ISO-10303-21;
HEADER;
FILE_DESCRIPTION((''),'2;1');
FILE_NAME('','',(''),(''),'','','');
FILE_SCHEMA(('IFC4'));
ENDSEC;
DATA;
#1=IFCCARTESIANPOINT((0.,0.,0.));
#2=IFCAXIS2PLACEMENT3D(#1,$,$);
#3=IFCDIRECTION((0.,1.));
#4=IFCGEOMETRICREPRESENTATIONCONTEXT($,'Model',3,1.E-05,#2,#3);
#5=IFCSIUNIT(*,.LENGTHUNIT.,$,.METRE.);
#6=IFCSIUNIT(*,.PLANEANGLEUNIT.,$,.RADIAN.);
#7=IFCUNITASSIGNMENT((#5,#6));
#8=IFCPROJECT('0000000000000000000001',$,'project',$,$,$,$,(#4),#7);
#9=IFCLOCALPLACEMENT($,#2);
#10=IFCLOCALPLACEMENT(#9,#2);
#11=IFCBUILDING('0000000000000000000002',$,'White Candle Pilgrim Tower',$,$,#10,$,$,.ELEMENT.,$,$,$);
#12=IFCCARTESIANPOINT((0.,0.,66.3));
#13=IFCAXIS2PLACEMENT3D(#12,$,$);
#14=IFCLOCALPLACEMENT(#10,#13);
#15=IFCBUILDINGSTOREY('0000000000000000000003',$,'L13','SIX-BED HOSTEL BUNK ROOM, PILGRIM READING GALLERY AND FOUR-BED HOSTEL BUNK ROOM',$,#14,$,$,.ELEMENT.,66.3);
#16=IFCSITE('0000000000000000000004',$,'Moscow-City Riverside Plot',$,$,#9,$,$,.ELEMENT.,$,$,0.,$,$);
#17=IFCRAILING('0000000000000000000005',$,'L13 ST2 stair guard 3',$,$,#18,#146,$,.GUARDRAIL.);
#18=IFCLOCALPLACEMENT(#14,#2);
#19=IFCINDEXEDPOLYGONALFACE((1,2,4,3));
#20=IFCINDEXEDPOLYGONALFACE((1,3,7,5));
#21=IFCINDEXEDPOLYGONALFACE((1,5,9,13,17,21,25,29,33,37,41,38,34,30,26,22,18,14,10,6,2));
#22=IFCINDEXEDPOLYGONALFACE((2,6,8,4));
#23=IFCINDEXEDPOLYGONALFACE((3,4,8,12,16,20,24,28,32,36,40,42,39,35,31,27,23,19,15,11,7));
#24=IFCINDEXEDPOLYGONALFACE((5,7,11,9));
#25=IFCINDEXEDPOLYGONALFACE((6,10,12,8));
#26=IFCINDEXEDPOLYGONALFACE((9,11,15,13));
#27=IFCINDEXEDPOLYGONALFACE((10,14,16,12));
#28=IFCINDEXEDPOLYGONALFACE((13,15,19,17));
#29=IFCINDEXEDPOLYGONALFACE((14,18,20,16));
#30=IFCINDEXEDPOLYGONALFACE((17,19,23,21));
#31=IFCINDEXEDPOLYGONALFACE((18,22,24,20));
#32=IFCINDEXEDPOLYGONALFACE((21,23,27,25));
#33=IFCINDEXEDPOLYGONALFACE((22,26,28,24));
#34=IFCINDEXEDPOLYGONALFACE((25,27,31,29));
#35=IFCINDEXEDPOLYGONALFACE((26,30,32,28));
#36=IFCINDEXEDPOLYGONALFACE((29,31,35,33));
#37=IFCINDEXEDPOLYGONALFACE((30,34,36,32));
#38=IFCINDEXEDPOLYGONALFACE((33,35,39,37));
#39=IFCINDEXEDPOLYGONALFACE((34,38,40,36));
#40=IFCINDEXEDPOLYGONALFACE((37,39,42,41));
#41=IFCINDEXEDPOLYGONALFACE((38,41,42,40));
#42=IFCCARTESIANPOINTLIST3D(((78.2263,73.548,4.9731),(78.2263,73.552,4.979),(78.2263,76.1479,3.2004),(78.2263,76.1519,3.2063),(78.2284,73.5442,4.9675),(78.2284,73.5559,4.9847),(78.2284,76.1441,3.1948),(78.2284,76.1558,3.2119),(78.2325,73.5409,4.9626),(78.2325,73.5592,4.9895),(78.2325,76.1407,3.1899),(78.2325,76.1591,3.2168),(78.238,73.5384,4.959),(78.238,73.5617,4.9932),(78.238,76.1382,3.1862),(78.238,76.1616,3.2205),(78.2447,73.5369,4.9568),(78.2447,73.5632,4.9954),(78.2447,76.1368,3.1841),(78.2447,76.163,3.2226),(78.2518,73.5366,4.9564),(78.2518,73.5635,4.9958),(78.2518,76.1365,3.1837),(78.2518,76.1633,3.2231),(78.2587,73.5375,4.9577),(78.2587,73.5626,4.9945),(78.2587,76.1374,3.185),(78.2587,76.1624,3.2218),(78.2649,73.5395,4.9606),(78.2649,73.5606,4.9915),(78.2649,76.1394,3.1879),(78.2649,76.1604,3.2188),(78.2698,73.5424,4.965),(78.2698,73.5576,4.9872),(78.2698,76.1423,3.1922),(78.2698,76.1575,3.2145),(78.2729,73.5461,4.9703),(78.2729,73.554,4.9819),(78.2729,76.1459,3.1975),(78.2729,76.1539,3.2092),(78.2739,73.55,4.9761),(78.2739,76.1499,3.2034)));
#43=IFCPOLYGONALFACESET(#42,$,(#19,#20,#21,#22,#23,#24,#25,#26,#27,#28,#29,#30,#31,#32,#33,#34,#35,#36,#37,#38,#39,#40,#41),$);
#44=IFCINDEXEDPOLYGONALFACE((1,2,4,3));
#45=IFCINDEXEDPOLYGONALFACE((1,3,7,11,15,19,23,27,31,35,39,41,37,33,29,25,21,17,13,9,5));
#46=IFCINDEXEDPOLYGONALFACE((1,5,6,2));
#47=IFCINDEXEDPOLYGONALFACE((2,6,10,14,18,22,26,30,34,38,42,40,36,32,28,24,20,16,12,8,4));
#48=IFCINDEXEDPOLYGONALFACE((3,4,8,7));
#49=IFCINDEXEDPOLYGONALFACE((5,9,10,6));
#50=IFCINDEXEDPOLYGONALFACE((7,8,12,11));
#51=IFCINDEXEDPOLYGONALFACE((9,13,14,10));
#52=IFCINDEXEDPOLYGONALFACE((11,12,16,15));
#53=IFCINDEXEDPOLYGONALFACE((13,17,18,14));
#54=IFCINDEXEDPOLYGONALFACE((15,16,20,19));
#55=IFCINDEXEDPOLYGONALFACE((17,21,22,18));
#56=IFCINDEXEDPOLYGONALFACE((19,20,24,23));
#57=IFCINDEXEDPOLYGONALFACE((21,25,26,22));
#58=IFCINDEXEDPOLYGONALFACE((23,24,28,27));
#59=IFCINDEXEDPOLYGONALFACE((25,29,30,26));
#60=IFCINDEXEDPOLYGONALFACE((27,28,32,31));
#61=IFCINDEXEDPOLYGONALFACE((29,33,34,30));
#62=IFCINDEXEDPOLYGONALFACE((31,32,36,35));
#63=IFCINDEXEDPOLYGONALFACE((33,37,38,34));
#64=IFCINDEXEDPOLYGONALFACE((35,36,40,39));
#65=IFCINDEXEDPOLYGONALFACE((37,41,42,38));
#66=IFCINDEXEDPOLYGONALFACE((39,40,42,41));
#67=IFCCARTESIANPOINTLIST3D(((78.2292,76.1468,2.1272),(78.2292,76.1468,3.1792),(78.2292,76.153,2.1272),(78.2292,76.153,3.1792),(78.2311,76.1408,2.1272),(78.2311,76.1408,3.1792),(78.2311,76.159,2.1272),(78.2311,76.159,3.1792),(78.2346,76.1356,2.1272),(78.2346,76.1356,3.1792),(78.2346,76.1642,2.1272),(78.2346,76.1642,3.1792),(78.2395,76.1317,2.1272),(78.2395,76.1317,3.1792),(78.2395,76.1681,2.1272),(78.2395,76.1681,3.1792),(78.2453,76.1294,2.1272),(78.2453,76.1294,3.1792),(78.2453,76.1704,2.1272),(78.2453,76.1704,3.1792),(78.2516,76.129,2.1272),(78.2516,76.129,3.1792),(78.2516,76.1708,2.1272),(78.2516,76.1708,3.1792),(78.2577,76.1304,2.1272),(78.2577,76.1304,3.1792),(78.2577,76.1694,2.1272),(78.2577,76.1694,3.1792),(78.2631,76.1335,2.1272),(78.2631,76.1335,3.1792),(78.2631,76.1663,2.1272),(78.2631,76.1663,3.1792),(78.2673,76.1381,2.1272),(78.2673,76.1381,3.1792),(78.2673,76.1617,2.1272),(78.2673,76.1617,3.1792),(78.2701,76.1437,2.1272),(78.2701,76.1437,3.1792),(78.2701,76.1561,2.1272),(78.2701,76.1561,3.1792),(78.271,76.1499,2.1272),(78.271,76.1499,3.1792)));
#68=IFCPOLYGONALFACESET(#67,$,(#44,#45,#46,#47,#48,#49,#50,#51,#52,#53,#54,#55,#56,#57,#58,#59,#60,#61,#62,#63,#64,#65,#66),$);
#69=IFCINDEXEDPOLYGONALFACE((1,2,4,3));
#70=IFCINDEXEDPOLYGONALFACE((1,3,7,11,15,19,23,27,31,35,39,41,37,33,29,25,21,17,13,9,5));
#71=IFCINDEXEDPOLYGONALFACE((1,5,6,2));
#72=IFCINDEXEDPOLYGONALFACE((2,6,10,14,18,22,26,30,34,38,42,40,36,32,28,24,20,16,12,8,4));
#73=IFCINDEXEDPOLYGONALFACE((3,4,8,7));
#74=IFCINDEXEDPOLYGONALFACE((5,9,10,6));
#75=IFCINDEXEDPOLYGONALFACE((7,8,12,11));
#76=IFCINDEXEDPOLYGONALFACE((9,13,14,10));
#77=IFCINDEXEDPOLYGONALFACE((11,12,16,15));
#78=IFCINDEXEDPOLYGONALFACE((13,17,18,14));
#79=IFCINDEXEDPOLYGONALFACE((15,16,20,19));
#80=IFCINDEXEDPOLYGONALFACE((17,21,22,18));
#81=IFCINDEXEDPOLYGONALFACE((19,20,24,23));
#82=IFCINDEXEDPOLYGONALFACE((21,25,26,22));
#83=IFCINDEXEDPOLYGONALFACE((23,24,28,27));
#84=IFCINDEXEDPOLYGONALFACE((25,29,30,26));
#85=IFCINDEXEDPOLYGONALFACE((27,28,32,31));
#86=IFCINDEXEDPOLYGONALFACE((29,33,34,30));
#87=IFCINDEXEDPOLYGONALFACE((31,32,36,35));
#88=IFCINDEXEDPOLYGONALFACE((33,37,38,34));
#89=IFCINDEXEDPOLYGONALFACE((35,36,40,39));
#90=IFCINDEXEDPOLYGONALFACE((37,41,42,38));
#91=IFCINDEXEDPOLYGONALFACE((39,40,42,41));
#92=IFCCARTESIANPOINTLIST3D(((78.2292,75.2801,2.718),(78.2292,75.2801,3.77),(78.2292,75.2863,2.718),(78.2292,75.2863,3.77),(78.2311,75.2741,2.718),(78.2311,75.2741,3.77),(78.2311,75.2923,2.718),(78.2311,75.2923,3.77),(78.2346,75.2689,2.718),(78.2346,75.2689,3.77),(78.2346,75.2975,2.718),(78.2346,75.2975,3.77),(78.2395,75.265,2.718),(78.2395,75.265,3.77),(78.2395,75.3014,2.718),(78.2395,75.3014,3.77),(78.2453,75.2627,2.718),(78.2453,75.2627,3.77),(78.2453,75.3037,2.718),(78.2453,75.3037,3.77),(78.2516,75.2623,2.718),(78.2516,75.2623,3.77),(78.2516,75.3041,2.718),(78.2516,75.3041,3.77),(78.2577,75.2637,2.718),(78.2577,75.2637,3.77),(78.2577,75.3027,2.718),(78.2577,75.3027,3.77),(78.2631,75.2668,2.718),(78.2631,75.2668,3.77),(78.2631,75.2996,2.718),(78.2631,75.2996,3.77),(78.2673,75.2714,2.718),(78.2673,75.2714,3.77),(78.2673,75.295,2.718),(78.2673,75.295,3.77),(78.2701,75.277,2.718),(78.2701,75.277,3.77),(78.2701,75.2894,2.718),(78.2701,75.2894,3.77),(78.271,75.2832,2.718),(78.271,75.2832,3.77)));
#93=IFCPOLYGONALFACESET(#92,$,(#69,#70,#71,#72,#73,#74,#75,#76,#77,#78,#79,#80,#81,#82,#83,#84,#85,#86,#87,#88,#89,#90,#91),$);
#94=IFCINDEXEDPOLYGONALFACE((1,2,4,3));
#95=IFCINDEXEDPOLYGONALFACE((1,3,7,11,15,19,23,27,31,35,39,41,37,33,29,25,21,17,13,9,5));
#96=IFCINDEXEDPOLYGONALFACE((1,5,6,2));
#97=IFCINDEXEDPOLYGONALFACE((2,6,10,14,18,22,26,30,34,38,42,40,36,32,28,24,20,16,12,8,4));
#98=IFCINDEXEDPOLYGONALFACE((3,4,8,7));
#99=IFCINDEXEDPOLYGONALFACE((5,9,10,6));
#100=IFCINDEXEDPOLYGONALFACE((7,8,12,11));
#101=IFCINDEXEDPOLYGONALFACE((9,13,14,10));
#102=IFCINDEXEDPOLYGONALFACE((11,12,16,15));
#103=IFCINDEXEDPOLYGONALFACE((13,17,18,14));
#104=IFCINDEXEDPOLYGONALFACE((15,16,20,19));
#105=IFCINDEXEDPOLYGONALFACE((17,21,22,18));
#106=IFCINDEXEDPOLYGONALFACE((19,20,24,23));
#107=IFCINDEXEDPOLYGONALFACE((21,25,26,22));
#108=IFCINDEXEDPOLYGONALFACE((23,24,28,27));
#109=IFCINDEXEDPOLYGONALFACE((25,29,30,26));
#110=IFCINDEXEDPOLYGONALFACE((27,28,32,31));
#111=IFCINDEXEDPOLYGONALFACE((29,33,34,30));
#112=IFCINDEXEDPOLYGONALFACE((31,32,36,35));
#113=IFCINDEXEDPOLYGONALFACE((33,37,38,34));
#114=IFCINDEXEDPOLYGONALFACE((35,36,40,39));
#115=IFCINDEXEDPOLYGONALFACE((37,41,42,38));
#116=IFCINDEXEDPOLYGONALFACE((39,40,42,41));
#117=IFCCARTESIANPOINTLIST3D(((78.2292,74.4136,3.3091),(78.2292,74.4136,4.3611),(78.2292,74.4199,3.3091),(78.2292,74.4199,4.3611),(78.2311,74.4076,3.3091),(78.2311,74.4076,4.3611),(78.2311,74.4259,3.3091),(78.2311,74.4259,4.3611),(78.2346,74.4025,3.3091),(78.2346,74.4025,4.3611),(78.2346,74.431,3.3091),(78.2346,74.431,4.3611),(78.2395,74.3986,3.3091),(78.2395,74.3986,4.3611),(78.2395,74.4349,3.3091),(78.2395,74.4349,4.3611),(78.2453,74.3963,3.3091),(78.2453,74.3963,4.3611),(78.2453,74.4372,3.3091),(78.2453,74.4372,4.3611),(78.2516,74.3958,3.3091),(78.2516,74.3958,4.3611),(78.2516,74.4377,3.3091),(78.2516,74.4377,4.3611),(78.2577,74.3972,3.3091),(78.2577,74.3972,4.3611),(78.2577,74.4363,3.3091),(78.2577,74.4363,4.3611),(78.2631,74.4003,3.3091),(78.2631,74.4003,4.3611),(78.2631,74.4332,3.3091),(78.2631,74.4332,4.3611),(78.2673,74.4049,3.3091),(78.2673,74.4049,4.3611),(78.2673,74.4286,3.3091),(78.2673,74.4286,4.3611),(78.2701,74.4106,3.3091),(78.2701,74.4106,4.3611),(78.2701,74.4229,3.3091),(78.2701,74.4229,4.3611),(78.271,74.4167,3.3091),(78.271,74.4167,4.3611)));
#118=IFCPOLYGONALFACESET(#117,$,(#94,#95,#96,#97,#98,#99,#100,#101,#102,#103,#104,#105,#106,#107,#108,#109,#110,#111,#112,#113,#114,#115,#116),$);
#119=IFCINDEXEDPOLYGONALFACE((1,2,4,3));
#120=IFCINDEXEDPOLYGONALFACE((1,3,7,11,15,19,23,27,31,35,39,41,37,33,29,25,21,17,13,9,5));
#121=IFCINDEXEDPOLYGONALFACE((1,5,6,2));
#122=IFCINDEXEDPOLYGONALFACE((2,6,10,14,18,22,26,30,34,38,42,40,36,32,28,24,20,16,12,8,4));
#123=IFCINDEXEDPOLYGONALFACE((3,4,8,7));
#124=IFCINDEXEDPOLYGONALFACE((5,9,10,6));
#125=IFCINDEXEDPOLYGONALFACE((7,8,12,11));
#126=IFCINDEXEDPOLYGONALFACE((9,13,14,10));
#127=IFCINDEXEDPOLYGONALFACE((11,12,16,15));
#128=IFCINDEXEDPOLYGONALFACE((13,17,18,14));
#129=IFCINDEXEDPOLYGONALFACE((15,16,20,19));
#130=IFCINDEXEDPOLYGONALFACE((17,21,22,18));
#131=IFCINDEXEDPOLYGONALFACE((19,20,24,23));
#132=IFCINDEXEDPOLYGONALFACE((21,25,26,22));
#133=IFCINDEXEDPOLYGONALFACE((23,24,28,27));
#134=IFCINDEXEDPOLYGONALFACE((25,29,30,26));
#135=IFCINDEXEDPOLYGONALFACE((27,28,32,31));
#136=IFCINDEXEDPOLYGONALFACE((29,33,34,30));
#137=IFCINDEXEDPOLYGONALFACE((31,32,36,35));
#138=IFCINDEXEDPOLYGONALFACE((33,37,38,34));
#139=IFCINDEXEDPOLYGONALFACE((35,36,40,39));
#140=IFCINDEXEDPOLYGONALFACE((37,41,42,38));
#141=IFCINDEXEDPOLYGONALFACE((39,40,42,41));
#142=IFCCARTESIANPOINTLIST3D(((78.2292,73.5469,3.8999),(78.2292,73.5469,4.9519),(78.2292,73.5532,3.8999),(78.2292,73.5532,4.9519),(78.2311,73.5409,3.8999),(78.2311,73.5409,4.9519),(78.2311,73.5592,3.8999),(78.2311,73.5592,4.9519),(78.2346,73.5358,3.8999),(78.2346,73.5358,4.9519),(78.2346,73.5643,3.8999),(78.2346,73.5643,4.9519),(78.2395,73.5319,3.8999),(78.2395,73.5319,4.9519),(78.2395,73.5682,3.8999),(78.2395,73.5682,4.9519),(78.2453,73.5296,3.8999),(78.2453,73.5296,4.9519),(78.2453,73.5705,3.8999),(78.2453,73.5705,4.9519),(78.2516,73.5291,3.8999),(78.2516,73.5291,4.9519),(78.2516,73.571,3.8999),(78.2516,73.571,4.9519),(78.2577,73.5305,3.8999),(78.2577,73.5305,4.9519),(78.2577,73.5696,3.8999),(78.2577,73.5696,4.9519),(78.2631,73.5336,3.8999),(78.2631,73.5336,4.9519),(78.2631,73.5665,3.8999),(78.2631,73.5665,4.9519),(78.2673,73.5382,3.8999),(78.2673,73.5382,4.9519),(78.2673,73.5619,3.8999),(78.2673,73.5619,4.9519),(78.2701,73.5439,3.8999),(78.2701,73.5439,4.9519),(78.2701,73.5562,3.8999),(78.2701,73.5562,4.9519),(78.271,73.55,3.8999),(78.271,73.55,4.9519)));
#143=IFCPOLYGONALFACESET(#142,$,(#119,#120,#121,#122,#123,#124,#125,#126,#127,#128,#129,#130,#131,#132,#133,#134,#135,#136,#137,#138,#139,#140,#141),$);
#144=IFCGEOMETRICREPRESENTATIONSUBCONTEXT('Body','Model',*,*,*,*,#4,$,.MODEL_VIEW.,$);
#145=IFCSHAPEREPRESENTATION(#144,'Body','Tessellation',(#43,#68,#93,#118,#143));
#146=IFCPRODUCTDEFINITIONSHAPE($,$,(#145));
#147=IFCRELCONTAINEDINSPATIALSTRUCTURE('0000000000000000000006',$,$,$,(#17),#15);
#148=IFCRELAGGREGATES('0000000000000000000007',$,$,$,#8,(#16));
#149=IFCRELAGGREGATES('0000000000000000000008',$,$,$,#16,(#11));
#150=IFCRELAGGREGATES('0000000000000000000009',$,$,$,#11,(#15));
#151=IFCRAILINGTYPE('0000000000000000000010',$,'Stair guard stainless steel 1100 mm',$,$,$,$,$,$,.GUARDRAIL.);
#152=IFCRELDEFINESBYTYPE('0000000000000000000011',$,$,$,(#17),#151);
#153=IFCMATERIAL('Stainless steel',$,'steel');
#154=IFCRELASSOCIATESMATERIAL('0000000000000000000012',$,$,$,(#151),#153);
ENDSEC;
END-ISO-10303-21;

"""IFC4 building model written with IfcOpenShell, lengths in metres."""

from ifc_helpers import new_model, si_unit, direction, frame, origin, origin_2d, place, context, subcontext, project, spatial, circle, extrude, material, type_object, element, save


model = new_model("IFC4")

# Units and contexts
model_context = context("Model", 3, precision=1e-05, world=origin(), true_north=direction((0.0, 1.0)))
body_context = subcontext(model_context, "Body", "Model", "MODEL_VIEW")
ifc_project = project(units=[si_unit("LENGTHUNIT", "METRE"), si_unit("PLANEANGLEUNIT", "RADIAN")], contexts=[model_context])

# Site, building, storey
site_placement = place(None, origin())
site = spatial("IfcSite", under=ifc_project, at=site_placement, Name="Moscow-City Riverside Plot", CompositionType="ELEMENT", RefElevation=0.0)
building_placement = place(site_placement, origin())
building = spatial("IfcBuilding", under=site, at=building_placement, Name="White Candle Pilgrim Tower", CompositionType="ELEMENT")
storey_placement = place(building_placement, frame((0.0, 0.0, 66.3)))
storey = spatial("IfcBuildingStorey", under=building, at=storey_placement, Name="L13", Description="SIX-BED HOSTEL BUNK ROOM, PILGRIM READING GALLERY AND FOUR-BED HOSTEL BUNK ROOM", CompositionType="ELEMENT", Elevation=66.3)

# Railing
ifc_material_1 = material(Name="Stainless steel", Category="steel")
railing_type = type_object("IfcRailingType", Name="Stair guard stainless steel 1100 mm", PredefinedType="GUARDRAIL", material=ifc_material_1)
railing_1_placement = place(storey_placement, frame((78.25, 76.1499, 2.1272)))
element("IfcRailing", 1, at=railing_1_placement, inside=storey, type_object=railing_type, Name="L13 ST2 stair guard 3", PredefinedType="GUARDRAIL", context=body_context, shape_type="SweptSolid", body=[
    extrude(circle(Radius=0.0239, at=origin_2d()), frame((0.0, 0.0, 1.0762), z_axis=(0.0, -0.826216, 0.563354), x_axis=(1.0, 0.0, 0.0)), (0.0, 0.0, 1.0), 3.1467),
    extrude(circle(Radius=0.021, at=origin_2d()), origin(), (0.0, 0.0, 1.0), 1.052),
    extrude(circle(Radius=0.021, at=origin_2d()), frame((0.0, -0.8667, 0.5908)), (0.0, 0.0, 1.0), 1.052),
    extrude(circle(Radius=0.021, at=origin_2d()), frame((0.0, -1.7332, 1.1819)), (0.0, 0.0, 1.0), 1.052),
    extrude(circle(Radius=0.021, at=origin_2d()), frame((0.0, -2.5999, 1.7727)), (0.0, 0.0, 1.0), 1.052),
])

save(model, "model.ifc")
